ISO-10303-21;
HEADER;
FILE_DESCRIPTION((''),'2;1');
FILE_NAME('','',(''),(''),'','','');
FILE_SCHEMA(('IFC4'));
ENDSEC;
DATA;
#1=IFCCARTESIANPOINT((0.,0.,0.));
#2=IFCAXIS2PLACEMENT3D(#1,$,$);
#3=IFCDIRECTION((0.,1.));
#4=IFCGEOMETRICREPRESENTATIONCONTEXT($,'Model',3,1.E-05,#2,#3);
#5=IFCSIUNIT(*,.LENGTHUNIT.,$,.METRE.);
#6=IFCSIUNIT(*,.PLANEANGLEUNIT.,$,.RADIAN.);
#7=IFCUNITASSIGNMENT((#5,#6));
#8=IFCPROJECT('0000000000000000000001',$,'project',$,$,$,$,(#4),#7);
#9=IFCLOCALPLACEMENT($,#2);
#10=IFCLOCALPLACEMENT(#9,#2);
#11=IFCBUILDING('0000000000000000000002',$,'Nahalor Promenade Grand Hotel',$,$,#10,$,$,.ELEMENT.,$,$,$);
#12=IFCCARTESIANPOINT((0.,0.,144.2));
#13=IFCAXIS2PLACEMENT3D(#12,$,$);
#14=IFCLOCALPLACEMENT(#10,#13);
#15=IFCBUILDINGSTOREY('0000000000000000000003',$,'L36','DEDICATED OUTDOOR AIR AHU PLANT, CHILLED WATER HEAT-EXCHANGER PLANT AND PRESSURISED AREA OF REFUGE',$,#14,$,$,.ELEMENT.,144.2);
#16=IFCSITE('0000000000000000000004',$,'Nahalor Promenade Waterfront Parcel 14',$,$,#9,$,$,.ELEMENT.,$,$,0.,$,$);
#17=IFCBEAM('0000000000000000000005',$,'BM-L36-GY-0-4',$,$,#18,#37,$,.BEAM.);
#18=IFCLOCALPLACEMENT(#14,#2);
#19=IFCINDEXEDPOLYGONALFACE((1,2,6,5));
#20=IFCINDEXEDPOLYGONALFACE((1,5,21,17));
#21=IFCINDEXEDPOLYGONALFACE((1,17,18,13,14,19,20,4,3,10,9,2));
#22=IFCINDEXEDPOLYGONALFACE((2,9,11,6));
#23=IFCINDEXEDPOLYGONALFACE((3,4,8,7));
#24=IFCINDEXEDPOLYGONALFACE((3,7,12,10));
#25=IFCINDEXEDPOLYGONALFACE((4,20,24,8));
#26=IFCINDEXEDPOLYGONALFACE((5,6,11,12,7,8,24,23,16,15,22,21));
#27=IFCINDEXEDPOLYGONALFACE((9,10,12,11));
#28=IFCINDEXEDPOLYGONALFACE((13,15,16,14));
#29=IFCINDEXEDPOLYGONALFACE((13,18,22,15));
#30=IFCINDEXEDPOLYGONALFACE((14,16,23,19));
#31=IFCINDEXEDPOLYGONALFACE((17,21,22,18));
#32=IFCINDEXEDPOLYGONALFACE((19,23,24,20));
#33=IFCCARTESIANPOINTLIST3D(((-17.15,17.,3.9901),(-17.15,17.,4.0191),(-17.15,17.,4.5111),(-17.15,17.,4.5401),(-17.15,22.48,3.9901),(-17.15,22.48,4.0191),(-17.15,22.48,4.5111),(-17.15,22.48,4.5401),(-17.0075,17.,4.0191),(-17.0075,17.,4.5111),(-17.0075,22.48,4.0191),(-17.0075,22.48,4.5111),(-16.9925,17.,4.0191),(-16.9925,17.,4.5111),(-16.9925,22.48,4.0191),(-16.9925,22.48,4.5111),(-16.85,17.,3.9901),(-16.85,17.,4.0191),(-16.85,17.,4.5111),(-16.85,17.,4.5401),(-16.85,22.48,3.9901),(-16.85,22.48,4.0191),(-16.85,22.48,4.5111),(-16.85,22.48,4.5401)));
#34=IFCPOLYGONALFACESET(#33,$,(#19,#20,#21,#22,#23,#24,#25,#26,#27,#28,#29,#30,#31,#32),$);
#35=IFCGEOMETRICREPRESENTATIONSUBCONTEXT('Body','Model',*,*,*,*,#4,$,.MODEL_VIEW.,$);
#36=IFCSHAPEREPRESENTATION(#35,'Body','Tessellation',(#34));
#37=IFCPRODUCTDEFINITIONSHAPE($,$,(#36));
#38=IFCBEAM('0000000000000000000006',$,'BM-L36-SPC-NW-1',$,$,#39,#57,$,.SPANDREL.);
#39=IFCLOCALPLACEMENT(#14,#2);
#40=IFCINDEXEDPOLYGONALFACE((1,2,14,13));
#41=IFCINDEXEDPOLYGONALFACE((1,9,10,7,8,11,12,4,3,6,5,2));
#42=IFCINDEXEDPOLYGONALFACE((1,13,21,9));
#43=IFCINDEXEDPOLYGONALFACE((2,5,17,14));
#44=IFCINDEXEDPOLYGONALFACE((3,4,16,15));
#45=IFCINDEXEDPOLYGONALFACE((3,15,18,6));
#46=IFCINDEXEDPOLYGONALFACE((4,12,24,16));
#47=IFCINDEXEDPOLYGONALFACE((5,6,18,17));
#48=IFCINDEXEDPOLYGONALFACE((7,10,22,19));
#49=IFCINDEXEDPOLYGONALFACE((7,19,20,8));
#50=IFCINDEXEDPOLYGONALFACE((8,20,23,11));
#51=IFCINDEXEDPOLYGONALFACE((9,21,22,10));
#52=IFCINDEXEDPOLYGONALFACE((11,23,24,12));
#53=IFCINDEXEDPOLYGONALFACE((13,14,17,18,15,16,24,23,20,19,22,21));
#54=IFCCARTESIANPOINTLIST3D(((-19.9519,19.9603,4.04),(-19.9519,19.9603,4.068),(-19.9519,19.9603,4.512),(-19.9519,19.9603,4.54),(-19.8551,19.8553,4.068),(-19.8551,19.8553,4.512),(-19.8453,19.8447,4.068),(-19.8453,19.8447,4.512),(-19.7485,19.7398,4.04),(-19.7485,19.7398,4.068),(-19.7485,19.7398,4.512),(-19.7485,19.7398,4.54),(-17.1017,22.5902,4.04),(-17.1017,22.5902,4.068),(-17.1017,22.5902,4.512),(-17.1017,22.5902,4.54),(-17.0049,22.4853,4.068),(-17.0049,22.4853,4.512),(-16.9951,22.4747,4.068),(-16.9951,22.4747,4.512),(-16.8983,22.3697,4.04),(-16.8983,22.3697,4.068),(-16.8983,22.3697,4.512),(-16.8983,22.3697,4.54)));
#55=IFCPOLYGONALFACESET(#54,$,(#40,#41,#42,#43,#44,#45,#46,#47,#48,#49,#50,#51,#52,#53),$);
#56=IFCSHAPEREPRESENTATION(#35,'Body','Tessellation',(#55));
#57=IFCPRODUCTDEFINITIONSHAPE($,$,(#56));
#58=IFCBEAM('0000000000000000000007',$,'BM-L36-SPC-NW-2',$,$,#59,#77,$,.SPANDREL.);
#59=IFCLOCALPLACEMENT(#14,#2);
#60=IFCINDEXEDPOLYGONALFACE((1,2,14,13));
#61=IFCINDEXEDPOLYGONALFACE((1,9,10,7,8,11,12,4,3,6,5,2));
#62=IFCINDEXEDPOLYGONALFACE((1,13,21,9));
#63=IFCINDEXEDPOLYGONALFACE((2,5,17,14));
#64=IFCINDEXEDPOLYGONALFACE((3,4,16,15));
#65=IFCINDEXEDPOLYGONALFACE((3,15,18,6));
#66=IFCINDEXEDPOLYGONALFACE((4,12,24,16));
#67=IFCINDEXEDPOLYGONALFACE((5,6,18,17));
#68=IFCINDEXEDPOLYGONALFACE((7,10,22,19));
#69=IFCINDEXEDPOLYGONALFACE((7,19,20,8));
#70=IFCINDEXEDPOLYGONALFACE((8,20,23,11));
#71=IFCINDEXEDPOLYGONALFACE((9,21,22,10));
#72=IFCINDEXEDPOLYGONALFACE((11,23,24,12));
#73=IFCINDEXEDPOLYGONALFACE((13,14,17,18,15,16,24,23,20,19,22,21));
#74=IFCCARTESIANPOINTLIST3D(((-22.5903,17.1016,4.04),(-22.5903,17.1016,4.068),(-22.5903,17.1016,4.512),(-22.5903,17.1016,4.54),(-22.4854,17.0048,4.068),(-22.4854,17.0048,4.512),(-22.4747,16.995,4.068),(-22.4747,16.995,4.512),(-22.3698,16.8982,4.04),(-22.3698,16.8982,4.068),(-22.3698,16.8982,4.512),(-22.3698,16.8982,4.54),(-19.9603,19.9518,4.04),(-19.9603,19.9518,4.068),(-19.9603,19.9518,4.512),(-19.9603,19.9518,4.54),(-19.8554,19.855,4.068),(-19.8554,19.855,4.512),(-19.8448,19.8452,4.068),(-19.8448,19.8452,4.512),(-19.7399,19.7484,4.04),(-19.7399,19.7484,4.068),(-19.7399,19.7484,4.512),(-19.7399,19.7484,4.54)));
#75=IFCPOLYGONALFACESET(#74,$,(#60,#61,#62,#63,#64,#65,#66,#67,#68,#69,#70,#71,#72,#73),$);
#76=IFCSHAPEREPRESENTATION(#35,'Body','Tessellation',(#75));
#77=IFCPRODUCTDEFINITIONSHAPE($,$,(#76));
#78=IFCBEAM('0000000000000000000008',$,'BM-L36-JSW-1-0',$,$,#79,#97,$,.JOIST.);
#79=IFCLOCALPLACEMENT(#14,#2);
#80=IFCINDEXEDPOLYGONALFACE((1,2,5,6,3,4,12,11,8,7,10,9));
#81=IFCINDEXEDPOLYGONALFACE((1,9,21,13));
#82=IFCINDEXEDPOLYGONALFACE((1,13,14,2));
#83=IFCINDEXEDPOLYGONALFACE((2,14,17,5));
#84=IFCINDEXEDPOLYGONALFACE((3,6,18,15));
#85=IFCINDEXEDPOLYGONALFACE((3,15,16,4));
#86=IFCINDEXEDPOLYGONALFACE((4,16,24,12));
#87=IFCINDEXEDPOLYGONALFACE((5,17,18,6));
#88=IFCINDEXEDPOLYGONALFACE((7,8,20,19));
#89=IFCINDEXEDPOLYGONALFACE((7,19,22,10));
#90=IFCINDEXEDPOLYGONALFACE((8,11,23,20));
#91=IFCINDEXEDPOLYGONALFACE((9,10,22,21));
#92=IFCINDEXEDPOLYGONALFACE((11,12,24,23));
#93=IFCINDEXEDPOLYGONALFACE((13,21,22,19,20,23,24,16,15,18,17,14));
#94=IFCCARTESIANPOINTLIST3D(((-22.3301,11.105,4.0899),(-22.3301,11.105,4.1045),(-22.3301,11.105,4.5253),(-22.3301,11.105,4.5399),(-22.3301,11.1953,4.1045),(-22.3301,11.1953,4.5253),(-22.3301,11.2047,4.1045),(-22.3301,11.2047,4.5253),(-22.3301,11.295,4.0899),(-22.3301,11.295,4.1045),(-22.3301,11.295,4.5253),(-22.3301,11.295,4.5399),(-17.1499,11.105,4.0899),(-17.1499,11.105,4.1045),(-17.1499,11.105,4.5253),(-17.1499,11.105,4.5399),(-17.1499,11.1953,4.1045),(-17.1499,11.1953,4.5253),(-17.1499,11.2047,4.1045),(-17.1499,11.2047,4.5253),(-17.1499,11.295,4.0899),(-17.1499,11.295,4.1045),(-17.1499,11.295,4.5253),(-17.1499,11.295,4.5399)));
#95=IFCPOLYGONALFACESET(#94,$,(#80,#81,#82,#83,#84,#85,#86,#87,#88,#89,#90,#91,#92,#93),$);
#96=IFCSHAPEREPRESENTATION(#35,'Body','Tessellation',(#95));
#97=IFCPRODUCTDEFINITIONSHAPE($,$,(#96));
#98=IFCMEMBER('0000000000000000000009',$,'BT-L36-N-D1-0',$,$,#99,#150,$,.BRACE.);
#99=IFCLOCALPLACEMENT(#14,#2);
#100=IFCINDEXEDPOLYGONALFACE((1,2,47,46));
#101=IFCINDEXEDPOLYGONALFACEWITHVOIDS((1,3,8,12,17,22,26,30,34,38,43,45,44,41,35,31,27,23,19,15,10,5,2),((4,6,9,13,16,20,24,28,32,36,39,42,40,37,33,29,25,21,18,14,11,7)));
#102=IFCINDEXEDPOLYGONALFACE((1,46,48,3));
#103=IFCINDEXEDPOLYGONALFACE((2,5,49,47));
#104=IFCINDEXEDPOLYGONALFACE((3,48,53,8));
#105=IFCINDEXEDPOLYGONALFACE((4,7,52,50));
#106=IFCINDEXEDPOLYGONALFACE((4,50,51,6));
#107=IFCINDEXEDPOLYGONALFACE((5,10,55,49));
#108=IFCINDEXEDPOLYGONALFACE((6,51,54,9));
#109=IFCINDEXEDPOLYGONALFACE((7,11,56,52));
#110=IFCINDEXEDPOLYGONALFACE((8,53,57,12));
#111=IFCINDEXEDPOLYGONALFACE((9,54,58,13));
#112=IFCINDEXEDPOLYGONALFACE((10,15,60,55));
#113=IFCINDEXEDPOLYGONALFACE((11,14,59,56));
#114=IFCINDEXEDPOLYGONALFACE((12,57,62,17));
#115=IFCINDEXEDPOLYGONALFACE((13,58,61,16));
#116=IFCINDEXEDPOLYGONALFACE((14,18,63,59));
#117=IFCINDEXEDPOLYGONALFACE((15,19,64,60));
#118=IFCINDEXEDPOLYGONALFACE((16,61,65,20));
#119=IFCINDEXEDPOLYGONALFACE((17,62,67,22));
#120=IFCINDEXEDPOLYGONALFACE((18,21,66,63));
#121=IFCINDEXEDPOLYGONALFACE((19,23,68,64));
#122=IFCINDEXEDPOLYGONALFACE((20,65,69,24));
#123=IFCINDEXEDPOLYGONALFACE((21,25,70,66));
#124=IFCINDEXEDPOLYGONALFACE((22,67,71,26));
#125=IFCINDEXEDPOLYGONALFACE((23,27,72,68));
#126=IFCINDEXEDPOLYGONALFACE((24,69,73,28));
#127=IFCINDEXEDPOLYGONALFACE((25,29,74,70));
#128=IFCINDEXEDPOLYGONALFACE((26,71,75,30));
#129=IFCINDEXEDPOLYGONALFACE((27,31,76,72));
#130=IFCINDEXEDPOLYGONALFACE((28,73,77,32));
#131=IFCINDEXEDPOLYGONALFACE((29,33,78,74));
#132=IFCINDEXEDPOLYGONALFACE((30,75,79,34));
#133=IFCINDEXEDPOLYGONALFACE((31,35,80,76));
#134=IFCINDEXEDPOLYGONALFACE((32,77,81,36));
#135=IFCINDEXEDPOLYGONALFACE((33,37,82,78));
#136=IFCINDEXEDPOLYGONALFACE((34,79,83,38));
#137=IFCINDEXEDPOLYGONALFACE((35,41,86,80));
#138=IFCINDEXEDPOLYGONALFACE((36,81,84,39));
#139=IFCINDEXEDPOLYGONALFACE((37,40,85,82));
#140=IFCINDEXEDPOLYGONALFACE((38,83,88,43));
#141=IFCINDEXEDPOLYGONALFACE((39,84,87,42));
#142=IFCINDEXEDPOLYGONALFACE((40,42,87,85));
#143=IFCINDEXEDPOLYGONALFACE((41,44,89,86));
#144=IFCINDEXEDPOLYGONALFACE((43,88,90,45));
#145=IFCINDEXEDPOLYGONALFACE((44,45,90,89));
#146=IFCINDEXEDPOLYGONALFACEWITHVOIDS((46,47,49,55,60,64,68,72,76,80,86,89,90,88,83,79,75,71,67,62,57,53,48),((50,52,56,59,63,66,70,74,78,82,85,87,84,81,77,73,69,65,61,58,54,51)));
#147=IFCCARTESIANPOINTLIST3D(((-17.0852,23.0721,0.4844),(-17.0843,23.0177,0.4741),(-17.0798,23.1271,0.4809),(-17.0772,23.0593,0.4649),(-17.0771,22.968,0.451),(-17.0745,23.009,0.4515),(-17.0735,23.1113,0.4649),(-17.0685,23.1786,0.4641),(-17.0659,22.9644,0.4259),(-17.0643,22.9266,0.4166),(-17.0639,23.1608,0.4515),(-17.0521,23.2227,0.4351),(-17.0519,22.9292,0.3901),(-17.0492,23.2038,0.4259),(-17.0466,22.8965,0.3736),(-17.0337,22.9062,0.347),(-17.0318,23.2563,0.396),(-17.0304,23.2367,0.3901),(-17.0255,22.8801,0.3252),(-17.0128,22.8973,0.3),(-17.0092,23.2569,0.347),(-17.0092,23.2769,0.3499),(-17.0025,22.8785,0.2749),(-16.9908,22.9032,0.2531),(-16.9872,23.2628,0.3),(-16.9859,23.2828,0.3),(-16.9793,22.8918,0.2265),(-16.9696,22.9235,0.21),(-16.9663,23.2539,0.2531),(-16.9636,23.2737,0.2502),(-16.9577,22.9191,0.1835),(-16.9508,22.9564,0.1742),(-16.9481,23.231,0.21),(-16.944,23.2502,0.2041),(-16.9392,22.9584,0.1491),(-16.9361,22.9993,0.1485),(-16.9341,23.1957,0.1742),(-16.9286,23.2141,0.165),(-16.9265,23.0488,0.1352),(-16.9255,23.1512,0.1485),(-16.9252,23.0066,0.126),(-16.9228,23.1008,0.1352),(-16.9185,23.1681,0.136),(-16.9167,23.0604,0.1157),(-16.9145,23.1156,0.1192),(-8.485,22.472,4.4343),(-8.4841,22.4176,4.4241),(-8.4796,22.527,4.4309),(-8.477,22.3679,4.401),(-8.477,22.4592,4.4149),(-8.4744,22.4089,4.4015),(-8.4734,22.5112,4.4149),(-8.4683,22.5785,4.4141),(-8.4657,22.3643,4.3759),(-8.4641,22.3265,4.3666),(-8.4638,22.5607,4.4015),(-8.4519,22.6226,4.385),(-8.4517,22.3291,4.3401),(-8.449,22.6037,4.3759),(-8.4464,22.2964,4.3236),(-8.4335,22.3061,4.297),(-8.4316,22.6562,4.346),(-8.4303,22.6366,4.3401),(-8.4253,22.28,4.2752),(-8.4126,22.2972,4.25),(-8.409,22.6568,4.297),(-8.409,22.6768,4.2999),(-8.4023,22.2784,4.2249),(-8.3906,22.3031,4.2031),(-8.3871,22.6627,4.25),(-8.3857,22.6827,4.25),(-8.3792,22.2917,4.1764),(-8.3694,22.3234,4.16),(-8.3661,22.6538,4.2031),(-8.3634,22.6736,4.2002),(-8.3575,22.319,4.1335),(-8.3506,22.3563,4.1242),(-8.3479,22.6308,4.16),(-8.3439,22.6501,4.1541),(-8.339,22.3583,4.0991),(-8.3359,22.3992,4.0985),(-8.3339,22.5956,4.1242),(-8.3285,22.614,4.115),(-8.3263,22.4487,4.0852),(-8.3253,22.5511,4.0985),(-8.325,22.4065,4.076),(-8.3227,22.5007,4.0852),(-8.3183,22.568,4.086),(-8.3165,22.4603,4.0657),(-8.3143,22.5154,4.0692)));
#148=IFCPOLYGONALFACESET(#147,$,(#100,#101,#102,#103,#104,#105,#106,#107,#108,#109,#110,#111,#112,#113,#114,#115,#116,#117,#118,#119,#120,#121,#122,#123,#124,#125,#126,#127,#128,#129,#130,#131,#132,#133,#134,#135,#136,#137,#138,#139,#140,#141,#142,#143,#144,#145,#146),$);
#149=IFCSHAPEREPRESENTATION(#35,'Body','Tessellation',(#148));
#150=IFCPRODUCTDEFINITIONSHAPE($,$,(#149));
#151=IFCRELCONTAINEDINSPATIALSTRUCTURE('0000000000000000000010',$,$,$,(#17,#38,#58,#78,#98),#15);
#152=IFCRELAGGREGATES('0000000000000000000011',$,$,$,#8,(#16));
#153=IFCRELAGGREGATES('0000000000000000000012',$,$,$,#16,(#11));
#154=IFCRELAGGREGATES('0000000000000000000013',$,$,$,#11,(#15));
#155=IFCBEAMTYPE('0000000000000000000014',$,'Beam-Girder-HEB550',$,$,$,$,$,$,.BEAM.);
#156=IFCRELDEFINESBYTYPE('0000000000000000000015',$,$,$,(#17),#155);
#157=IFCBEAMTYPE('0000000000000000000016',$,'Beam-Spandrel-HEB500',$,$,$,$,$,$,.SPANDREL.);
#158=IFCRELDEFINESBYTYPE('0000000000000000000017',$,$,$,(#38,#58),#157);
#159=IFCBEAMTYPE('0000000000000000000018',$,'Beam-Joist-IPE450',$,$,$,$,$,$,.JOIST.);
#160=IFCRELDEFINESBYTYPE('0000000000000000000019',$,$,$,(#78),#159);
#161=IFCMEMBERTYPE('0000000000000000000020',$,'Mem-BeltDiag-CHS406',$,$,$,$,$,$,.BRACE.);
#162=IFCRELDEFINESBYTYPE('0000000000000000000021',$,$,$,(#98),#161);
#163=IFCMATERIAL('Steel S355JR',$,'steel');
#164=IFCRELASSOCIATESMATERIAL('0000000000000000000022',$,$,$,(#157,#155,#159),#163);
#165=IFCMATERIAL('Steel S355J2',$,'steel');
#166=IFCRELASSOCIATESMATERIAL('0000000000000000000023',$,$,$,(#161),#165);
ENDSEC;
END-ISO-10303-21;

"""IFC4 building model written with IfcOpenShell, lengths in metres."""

from ifc_helpers import new_model, si_unit, direction, frame, origin, origin_2d, place, context, subcontext, project, spatial, hollow_circle, i_section, extrude, source, transform, mapped, material, material_profile, profile_set, type_object, element, save


model = new_model("IFC4")

# Units and contexts
model_context = context("Model", 3, precision=1e-05, world=origin(), true_north=direction((0.0, 1.0)))
body_context = subcontext(model_context, "Body", "Model", "MODEL_VIEW")
ifc_project = project(units=[si_unit("LENGTHUNIT", "METRE"), si_unit("PLANEANGLEUNIT", "RADIAN")], contexts=[model_context])

# Site, building, storey
site_placement = place(None, origin())
site = spatial("IfcSite", under=ifc_project, at=site_placement, Name="Nahalor Promenade Waterfront Parcel 14", CompositionType="ELEMENT", RefElevation=0.0)
building_placement = place(site_placement, origin())
building = spatial("IfcBuilding", under=site, at=building_placement, Name="Nahalor Promenade Grand Hotel", CompositionType="ELEMENT")
storey_placement = place(building_placement, frame((0.0, 0.0, 144.2)))
storey = spatial("IfcBuildingStorey", under=building, at=storey_placement, Name="L36", Description="DEDICATED OUTDOOR AIR AHU PLANT, CHILLED WATER HEAT-EXCHANGER PLANT AND PRESSURISED AREA OF REFUGE", CompositionType="ELEMENT", Elevation=144.2)

# Shared definitions
ifc_material_1 = material(Name="Steel S355J2", Category="steel")

# Beams
ifc_material_2 = material(Name="Steel S355JR", Category="steel")
ifc_material_profile_1 = material_profile(ifc_material_2, i_section(OverallWidth=0.3, OverallDepth=0.5, WebThickness=0.0145, FlangeThickness=0.028, at=origin_2d()), Name="HEB 500")
ifc_profile_set_1 = profile_set([ifc_material_profile_1], Name="Steel S355JR")
beam_type_1 = type_object("IfcBeamType", Name="Beam-Spandrel-HEB500", PredefinedType="SPANDREL", material=ifc_profile_set_1)
ifc_material_profile_2 = material_profile(ifc_material_2, i_section(OverallWidth=0.3, OverallDepth=0.55, WebThickness=0.015, FlangeThickness=0.029, at=origin_2d()), Name="HEB 550")
ifc_profile_set_2 = profile_set([ifc_material_profile_2], Name="Steel S355JR")
beam_type_2 = type_object("IfcBeamType", Name="Beam-Girder-HEB550", PredefinedType="BEAM", material=ifc_profile_set_2)
ifc_material_profile_3 = material_profile(ifc_material_2, i_section(OverallWidth=0.19, OverallDepth=0.45, WebThickness=0.0094, FlangeThickness=0.0146, at=origin_2d()), Name="IPE 450")
ifc_profile_set_3 = profile_set([ifc_material_profile_3], Name="Steel S355JR")
beam_type_3 = type_object("IfcBeamType", Name="Beam-Joist-IPE450", PredefinedType="JOIST", material=ifc_profile_set_3)
shared_shape_1 = source(origin(), body_context, "Body", "SweptSolid", [
    extrude(i_section(OverallWidth=0.3, OverallDepth=0.55, WebThickness=0.015, FlangeThickness=0.029, at=origin_2d()), origin(), (0.0, 0.0, 1.0), 5.48),
])
for number, where, z_axis, x_axis, name in (
    (1, (-17.0, 17.0, 4.2651), (0.0, 1.0, 0.0), (-1.0, 0.0, 0.0), "BM-L36-GY-0-4"),
):
    element("IfcBeam", number, at=place(storey_placement, frame(where, z_axis=z_axis, x_axis=x_axis)), inside=storey, type_object=beam_type_2, Name=name, PredefinedType="BEAM", context=body_context, shape_type="MappedRepresentation", body=[
        mapped(shared_shape_1, transform((0.0, 0.0, 0.0), scale=1.0)),
    ])
shared_shape_2 = source(origin(), body_context, "Body", "SweptSolid", [
    extrude(i_section(OverallWidth=0.3, OverallDepth=0.5, WebThickness=0.0145, FlangeThickness=0.028, at=origin_2d()), origin(), (0.0, 0.0, 1.0), 3.8782),
])
for number, where, z_axis, x_axis, name in (
    (2, (-17.0, 22.48, 4.29), (-0.734929, -0.678144, 0.0), (0.678144, -0.734929, 0.0), "BM-L36-SPC-NW-1"),
    (3, (-19.8501, 19.8501, 4.29), (-0.678144, -0.734929, 0.0), (0.734929, -0.678144, 0.0), "BM-L36-SPC-NW-2"),
):
    element("IfcBeam", number, at=place(storey_placement, frame(where, z_axis=z_axis, x_axis=x_axis)), inside=storey, type_object=beam_type_1, Name=name, PredefinedType="SPANDREL", context=body_context, shape_type="MappedRepresentation", body=[
        mapped(shared_shape_2, transform((0.0, 0.0, 0.0), scale=1.0)),
    ])
shared_shape_3 = source(origin(), body_context, "Body", "SweptSolid", [
    extrude(i_section(OverallWidth=0.19, OverallDepth=0.45, WebThickness=0.0094, FlangeThickness=0.0146, at=origin_2d()), origin(), (0.0, 0.0, 1.0), 5.1802),
])
beam_1_placement = place(storey_placement, frame((-22.3301, 11.2, 4.3149), z_axis=(1.0, 0.0, 0.0), x_axis=(0.0, 1.0, 0.0)))
element("IfcBeam", 4, at=beam_1_placement, inside=storey, type_object=beam_type_3, Name="BM-L36-JSW-1-0", PredefinedType="JOIST", context=body_context, shape_type="MappedRepresentation", body=[
    mapped(shared_shape_3, transform((0.0, 0.0, 0.0), scale=1.0)),
])

# Member
ifc_material_profile_4 = material_profile(ifc_material_1, hollow_circle(Radius=0.2032, WallThickness=0.02, at=origin_2d()), Name="CHS 406.4x20")
ifc_profile_set_4 = profile_set([ifc_material_profile_4], Name="Steel S355J2")
member_type = type_object("IfcMemberType", Name="Mem-BeltDiag-CHS406", PredefinedType="BRACE", material=ifc_profile_set_4)
shared_shape_4 = source(origin(), body_context, "Body", "SweptSolid", [
    extrude(hollow_circle(Radius=0.2032, WallThickness=0.02, at=origin_2d()), origin(), (0.0, 0.0, 1.0), 9.4829),
])
member_1_placement = place(storey_placement, frame((-17.0, 23.0801, 0.3), z_axis=(0.906913, -0.063283, 0.416538), x_axis=(0.069609, 0.997574, 0.0)))
element("IfcMember", 5, at=member_1_placement, inside=storey, type_object=member_type, Name="BT-L36-N-D1-0", PredefinedType="BRACE", context=body_context, shape_type="MappedRepresentation", body=[
    mapped(shared_shape_4, transform((0.0, 0.0, 0.0), scale=1.0)),
])

save(model, "model.ifc")
